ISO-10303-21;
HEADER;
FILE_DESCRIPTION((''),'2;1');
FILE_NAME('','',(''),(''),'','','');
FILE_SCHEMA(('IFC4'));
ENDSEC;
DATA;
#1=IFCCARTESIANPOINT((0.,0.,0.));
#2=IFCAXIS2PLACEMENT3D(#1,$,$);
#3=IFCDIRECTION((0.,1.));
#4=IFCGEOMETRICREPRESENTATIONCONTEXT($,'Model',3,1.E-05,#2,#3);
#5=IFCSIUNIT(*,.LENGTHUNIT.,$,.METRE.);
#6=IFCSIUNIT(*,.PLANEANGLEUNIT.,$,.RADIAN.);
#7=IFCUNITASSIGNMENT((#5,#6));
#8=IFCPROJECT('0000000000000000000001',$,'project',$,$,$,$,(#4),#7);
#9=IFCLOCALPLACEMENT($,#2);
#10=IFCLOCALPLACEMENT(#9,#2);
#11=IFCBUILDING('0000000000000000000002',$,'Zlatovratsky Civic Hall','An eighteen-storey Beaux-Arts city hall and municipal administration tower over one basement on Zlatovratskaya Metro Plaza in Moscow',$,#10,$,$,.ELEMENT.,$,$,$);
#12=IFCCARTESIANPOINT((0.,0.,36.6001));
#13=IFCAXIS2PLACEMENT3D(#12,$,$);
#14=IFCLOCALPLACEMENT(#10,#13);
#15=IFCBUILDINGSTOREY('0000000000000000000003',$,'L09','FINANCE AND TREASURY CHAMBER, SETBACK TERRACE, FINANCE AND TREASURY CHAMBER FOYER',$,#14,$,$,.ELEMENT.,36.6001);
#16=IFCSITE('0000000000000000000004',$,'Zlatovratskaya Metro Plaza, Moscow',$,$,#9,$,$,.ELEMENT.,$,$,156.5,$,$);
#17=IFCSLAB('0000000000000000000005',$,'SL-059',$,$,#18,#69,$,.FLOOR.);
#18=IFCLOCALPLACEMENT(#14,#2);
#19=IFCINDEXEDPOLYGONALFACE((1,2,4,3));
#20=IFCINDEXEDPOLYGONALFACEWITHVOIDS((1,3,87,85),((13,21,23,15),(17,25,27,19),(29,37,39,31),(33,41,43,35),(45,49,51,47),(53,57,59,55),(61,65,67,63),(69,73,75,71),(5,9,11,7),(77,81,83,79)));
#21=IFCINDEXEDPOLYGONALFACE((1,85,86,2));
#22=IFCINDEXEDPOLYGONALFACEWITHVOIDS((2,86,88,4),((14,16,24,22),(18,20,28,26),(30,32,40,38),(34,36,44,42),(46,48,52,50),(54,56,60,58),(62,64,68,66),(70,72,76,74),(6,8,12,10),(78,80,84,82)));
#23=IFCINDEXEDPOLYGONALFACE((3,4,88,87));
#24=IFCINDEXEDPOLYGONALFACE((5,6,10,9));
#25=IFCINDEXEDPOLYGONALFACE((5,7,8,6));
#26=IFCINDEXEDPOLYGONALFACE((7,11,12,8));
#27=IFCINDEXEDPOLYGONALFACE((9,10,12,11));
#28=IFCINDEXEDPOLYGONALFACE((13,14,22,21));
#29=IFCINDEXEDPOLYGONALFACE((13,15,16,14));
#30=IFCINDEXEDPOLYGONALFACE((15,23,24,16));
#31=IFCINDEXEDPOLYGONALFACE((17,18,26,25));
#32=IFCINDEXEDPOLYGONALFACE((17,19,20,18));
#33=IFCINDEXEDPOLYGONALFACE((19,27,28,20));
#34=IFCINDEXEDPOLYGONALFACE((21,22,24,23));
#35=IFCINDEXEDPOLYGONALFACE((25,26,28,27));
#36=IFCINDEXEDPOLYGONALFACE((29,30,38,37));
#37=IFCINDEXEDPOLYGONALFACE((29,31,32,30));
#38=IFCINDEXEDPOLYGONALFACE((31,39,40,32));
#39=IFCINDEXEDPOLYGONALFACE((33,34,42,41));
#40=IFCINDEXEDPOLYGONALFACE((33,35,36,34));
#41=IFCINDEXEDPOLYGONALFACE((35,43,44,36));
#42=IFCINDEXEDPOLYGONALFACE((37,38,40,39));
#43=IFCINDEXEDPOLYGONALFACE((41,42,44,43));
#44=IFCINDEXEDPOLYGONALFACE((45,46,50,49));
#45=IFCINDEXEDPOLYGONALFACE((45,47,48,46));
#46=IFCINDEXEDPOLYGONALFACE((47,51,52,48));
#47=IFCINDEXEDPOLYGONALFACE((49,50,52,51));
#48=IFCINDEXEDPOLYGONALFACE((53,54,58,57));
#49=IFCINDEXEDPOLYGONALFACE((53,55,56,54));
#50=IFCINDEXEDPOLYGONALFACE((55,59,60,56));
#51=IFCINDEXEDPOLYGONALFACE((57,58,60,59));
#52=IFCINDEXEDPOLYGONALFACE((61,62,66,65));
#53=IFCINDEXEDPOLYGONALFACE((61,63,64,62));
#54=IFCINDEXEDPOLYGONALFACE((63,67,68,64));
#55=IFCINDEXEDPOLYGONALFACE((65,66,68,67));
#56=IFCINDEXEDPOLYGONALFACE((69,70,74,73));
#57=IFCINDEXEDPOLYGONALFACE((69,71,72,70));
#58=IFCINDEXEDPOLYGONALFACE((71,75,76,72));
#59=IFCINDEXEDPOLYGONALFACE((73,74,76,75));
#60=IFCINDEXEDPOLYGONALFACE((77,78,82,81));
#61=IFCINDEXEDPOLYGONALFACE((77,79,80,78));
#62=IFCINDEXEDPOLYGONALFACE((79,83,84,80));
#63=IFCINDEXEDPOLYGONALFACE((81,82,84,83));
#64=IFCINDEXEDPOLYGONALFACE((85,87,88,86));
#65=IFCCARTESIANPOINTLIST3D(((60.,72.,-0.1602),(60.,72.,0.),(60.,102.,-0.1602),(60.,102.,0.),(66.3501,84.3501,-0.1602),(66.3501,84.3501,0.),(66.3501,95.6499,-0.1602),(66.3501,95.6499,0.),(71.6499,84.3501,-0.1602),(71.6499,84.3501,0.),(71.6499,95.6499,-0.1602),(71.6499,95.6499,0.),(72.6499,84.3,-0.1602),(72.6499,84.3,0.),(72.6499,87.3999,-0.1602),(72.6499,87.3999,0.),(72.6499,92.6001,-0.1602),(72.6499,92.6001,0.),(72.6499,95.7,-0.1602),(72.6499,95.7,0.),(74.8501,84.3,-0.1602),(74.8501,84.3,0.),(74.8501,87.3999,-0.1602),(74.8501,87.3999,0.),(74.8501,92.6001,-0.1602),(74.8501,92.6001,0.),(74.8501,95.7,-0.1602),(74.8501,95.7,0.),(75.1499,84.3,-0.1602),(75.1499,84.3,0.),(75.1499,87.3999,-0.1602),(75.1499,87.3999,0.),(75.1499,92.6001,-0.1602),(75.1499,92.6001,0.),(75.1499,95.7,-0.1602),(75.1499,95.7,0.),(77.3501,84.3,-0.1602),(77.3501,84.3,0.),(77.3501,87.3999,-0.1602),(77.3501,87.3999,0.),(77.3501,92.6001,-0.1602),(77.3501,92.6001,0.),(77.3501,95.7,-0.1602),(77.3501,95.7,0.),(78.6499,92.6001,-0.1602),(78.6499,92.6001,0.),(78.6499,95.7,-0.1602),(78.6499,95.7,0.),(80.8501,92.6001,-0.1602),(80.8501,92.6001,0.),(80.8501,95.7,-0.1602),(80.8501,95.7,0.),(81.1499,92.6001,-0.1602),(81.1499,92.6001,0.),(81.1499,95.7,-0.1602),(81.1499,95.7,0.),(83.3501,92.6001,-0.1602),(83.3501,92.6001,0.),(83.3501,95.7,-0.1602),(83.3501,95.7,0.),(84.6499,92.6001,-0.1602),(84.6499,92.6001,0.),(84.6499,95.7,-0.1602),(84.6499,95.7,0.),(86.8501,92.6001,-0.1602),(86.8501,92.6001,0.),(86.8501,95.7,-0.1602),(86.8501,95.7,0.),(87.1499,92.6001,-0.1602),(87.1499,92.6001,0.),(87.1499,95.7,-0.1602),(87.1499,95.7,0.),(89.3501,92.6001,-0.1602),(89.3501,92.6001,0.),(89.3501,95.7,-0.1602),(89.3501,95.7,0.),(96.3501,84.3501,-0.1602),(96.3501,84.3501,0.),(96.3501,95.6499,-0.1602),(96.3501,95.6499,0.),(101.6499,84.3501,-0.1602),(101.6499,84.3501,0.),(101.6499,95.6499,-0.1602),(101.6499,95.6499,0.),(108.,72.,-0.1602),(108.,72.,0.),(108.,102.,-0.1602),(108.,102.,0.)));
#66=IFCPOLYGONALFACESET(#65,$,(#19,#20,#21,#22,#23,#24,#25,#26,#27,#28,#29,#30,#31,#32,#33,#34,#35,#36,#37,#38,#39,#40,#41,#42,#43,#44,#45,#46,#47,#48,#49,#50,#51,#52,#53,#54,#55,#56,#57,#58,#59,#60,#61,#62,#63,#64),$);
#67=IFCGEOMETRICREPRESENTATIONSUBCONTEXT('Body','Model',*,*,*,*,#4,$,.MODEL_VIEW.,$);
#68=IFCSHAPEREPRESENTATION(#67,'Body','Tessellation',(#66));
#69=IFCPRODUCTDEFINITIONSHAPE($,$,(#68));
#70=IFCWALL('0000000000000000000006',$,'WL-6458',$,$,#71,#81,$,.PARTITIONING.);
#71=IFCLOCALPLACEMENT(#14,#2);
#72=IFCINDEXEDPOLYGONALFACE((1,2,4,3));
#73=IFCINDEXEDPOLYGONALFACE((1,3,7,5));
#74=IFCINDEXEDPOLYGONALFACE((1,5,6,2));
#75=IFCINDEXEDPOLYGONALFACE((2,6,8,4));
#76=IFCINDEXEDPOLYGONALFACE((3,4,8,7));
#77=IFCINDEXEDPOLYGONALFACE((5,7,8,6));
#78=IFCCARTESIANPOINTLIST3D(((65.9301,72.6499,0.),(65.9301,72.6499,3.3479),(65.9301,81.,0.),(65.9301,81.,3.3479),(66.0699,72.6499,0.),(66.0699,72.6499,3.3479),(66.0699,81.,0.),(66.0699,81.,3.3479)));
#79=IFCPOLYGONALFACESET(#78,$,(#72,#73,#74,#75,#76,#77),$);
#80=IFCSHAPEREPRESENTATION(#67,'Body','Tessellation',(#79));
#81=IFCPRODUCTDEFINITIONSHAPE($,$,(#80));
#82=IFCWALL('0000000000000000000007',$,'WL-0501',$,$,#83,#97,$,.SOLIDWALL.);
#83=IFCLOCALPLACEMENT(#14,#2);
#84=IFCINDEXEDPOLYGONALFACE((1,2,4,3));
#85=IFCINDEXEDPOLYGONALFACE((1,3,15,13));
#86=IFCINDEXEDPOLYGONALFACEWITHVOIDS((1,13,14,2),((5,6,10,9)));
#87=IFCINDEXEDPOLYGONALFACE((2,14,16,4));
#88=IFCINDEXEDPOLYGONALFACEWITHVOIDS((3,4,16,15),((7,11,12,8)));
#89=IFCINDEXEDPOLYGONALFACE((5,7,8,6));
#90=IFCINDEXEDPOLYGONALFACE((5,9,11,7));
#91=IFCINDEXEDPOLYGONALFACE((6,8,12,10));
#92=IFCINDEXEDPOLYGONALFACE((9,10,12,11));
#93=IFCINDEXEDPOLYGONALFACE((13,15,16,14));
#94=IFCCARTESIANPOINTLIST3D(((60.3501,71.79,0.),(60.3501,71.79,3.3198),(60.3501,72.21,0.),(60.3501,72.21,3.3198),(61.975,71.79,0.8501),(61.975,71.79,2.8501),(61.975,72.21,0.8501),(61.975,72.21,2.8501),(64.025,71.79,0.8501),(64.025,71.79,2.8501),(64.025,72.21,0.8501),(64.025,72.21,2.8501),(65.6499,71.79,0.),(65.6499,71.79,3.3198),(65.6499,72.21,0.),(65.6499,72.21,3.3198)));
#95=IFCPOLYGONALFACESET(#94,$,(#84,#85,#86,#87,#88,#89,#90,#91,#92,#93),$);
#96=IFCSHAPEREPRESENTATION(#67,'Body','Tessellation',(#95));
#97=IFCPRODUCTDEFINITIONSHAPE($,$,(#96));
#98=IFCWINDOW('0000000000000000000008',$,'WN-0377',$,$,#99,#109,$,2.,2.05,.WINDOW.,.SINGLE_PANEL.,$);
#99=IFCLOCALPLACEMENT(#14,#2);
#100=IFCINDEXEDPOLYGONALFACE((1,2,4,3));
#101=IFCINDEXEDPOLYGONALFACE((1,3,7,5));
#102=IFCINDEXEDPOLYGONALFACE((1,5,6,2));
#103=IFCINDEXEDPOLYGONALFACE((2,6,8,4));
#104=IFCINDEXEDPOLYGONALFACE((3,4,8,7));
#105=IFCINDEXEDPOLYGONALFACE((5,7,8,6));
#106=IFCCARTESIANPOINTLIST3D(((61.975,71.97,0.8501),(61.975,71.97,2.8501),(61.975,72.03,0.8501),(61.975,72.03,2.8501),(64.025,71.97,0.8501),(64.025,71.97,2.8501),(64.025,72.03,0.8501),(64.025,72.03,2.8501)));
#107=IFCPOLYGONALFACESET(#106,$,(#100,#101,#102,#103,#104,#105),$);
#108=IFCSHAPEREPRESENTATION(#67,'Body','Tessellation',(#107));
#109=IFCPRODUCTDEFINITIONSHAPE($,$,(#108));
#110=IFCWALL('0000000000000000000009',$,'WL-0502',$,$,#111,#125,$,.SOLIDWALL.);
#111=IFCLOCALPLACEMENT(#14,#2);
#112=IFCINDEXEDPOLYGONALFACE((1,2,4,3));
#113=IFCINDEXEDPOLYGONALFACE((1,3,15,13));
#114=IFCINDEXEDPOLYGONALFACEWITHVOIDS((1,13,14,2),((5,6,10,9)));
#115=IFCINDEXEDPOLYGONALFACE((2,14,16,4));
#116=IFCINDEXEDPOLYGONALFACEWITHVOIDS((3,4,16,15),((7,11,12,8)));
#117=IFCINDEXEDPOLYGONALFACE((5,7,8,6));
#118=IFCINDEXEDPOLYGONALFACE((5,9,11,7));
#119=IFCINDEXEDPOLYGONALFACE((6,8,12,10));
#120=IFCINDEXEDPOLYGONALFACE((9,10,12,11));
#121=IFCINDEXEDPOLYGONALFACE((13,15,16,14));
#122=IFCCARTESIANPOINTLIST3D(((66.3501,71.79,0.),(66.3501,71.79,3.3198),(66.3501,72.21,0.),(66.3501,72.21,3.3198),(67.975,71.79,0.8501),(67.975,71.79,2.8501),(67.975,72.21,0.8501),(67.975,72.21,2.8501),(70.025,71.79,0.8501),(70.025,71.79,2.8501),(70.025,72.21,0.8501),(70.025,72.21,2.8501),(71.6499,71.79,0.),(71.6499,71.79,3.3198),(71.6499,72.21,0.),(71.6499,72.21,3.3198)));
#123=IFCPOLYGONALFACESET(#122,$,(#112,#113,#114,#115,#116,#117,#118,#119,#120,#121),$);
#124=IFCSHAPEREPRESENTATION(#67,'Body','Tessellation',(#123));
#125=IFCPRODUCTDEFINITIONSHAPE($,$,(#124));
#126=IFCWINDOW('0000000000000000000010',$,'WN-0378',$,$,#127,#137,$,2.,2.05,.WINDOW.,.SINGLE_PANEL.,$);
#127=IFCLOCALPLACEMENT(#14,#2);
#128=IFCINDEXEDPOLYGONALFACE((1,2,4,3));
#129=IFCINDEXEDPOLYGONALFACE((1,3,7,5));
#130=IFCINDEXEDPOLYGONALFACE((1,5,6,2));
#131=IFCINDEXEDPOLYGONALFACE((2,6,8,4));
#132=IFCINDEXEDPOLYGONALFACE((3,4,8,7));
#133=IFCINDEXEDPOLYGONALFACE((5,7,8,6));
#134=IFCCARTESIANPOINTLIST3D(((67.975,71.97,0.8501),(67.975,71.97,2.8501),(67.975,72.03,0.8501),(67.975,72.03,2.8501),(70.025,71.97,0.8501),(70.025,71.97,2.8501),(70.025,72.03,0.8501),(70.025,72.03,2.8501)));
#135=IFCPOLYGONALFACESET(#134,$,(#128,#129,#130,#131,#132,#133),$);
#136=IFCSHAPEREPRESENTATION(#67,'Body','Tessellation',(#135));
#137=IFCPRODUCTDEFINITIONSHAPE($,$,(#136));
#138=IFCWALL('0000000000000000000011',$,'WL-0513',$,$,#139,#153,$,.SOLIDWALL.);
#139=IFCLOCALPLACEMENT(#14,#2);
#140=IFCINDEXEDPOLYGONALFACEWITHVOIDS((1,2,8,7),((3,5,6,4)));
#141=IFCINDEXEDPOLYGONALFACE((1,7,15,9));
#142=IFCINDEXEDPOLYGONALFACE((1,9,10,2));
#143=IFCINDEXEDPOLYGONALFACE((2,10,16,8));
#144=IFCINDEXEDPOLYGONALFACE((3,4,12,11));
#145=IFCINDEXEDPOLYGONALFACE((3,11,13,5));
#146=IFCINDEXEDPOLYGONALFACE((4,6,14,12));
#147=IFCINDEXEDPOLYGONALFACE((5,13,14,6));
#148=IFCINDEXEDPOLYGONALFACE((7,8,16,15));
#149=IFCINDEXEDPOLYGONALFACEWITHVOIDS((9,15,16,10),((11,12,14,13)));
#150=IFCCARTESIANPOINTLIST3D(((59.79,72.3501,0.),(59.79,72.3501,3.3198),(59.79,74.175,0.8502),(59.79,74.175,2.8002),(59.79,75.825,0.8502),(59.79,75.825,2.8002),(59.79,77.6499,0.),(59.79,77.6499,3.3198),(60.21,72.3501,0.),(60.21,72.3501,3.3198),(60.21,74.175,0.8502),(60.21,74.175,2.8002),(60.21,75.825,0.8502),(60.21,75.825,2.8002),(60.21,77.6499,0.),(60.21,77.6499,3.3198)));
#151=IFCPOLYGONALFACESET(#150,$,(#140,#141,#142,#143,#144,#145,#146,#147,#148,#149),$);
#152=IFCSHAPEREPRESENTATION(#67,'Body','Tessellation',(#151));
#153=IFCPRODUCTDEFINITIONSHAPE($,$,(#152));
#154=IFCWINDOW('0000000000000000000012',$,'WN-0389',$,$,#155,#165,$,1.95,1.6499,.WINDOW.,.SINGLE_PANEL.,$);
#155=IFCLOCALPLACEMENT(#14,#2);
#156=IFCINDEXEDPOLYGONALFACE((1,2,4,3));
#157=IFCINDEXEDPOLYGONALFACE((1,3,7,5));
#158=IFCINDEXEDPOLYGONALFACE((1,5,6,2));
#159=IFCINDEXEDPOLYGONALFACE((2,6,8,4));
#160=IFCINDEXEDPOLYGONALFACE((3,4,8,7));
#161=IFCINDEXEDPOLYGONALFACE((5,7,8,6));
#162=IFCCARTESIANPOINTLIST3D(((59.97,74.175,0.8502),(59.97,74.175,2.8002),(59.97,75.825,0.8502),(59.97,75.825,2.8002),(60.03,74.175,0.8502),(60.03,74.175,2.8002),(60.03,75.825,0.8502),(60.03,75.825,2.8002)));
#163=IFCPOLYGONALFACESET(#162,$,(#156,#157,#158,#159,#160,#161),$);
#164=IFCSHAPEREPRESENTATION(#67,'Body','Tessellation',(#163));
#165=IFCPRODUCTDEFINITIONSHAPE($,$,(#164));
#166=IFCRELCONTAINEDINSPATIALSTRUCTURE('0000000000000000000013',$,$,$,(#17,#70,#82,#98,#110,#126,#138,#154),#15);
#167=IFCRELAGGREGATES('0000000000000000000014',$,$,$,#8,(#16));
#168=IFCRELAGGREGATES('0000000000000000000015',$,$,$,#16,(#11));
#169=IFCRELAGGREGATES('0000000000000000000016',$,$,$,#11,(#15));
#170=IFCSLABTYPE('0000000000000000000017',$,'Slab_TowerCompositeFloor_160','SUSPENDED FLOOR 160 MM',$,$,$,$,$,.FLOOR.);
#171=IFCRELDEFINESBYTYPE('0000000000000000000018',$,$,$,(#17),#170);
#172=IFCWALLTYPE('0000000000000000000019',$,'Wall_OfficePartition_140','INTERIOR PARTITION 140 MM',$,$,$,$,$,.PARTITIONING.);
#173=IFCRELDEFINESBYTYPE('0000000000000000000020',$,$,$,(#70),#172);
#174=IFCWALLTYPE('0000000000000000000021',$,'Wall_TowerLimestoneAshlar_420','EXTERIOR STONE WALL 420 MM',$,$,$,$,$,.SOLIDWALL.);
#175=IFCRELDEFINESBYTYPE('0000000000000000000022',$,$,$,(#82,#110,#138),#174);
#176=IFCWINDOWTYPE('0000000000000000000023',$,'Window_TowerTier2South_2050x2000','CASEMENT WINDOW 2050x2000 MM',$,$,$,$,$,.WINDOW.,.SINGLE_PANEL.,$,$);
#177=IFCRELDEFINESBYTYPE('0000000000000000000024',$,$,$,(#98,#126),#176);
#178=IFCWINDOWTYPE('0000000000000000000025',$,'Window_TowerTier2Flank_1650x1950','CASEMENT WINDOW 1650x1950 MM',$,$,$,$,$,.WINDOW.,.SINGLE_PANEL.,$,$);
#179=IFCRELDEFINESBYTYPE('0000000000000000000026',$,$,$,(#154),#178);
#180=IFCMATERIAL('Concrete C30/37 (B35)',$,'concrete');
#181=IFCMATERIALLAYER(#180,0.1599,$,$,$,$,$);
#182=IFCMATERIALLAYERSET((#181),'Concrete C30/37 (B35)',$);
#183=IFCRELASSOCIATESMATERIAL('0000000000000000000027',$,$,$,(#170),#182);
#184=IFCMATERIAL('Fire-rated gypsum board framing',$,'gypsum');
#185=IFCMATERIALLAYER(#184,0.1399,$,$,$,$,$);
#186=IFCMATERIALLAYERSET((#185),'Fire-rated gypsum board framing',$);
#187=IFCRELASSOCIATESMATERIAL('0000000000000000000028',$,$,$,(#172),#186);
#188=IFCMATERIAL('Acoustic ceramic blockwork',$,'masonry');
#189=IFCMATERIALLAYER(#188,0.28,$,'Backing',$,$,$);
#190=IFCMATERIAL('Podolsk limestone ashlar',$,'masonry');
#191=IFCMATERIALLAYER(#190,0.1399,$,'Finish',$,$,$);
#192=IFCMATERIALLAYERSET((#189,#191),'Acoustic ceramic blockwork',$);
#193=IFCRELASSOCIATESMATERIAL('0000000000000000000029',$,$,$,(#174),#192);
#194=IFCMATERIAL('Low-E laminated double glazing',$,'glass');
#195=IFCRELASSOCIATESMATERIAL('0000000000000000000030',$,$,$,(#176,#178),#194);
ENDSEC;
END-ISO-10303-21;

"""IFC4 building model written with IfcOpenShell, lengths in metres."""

from ifc_helpers import new_model, si_unit, direction, frame, frame_2d, origin, place, context, subcontext, project, spatial, polyline, rectangle, outline, extrude, material, layer, layer_set, type_object, element, fill, save


model = new_model("IFC4")

# Units and contexts
model_context = context("Model", 3, precision=1e-05, world=origin(), true_north=direction((0.0, 1.0)))
body_context = subcontext(model_context, "Body", "Model", "MODEL_VIEW")
ifc_project = project(units=[si_unit("LENGTHUNIT", "METRE"), si_unit("PLANEANGLEUNIT", "RADIAN")], contexts=[model_context])

# Site, building, storey
site_placement = place(None, origin())
site = spatial("IfcSite", under=ifc_project, at=site_placement, Name="Zlatovratskaya Metro Plaza, Moscow", CompositionType="ELEMENT", RefElevation=156.5)
building_placement = place(site_placement, origin())
building = spatial("IfcBuilding", under=site, at=building_placement, Name="Zlatovratsky Civic Hall", Description="An eighteen-storey Beaux-Arts city hall and municipal administration tower over one basement on Zlatovratskaya Metro Plaza in Moscow", CompositionType="ELEMENT")
storey_placement = place(building_placement, frame((0.0, 0.0, 36.6001)))
storey = spatial("IfcBuildingStorey", under=building, at=storey_placement, Name="L09", Description="FINANCE AND TREASURY CHAMBER, SETBACK TERRACE, FINANCE AND TREASURY CHAMBER FOYER", CompositionType="ELEMENT", Elevation=36.6001)

# Shared definitions
ifc_material_1 = material(Name="Concrete C30/37 (B35)", Category="concrete")

# Slab
ifc_layer_1 = layer(ifc_material_1, 0.1599)
ifc_layer_set_1 = layer_set([ifc_layer_1], Name="Concrete C30/37 (B35)")
slab_type_1 = type_object("IfcSlabType", Name="Slab_TowerCompositeFloor_160", Description="SUSPENDED FLOOR 160 MM", PredefinedType="FLOOR", material=ifc_layer_set_1)
slab_1_placement = place(storey_placement, frame((0.0, 0.0, -0.1602)))
element("IfcSlab", 1, at=slab_1_placement, inside=storey, type_object=slab_type_1, Name="SL-059", PredefinedType="FLOOR", context=body_context, shape_type="SweptSolid", body=[
    extrude(outline(polyline([(60.0, 72.0), (108.0, 72.0), (108.0, 102.0), (60.0, 102.0), (60.0, 72.0)]), holes=[polyline([(66.3501, 84.3501), (71.6499, 84.3501), (71.6499, 95.6499), (66.3501, 95.6499), (66.3501, 84.3501)]), polyline([(96.3501, 84.3501), (101.6499, 84.3501), (101.6499, 95.6499), (96.3501, 95.6499), (96.3501, 84.3501)]), polyline([(72.6499, 84.3), (74.8501, 84.3), (74.8501, 87.3999), (72.6499, 87.3999), (72.6499, 84.3)]), polyline([(75.1499, 84.3), (77.3501, 84.3), (77.3501, 87.3999), (75.1499, 87.3999), (75.1499, 84.3)]), polyline([(72.6499, 92.6001), (74.8501, 92.6001), (74.8501, 95.7), (72.6499, 95.7), (72.6499, 92.6001)]), polyline([(75.1499, 92.6001), (77.3501, 92.6001), (77.3501, 95.7), (75.1499, 95.7), (75.1499, 92.6001)]), polyline([(78.6499, 92.6001), (80.8501, 92.6001), (80.8501, 95.7), (78.6499, 95.7), (78.6499, 92.6001)]), polyline([(81.1499, 92.6001), (83.3501, 92.6001), (83.3501, 95.7), (81.1499, 95.7), (81.1499, 92.6001)]), polyline([(84.6499, 92.6001), (86.8501, 92.6001), (86.8501, 95.7), (84.6499, 95.7), (84.6499, 92.6001)]), polyline([(87.1499, 92.6001), (89.3501, 92.6001), (89.3501, 95.7), (87.1499, 95.7), (87.1499, 92.6001)])]), origin(), (0.0, 0.0, 1.0), 0.1602),
])

# Wall
ifc_material_2 = material(Name="Fire-rated gypsum board framing", Category="gypsum")
ifc_layer_2 = layer(ifc_material_2, 0.1399)
ifc_layer_set_2 = layer_set([ifc_layer_2], Name="Fire-rated gypsum board framing")
wall_type_1 = type_object("IfcWallType", Name="Wall_OfficePartition_140", Description="INTERIOR PARTITION 140 MM", PredefinedType="PARTITIONING", material=ifc_layer_set_2)
wall_1_placement = place(storey_placement, frame((66.0, 72.6499, 0.0), z_axis=(0.0, 0.0, 1.0), x_axis=(0.0, 1.0, 0.0)))
element("IfcWall", 2, at=wall_1_placement, inside=storey, type_object=wall_type_1, Name="WL-6458", PredefinedType="PARTITIONING", context=body_context, shape_type="SweptSolid", body=[
    extrude(rectangle(XDim=8.3501, YDim=0.1399, at=frame_2d((4.175, 0.0))), origin(), (0.0, 0.0, 1.0), 3.3479),
])

# Walls, openings, windows
ifc_material_3 = material(Name="Acoustic ceramic blockwork", Category="masonry")
ifc_layer_3 = layer(ifc_material_3, 0.28, Name="Backing")
ifc_material_4 = material(Name="Podolsk limestone ashlar", Category="masonry")
ifc_layer_4 = layer(ifc_material_4, 0.1399, Name="Finish")
ifc_layer_set_3 = layer_set([ifc_layer_3, ifc_layer_4], Name="Acoustic ceramic blockwork")
wall_type_2 = type_object("IfcWallType", Name="Wall_TowerLimestoneAshlar_420", Description="EXTERIOR STONE WALL 420 MM", PredefinedType="SOLIDWALL", material=ifc_layer_set_3)
wall_2_placement = place(storey_placement, frame((60.3501, 72.0, 0.0), z_axis=(0.0, 0.0, 1.0), x_axis=(1.0, 0.0, 0.0)))
wall_2 = element("IfcWall", 3, at=wall_2_placement, inside=storey, type_object=wall_type_2, Name="WL-0501", PredefinedType="SOLIDWALL", context=body_context, shape_type="SweptSolid", body=[
    extrude(rectangle(XDim=5.2998, YDim=0.4199, at=frame_2d((2.6499, 0.0))), origin(), (0.0, 0.0, 1.0), 3.3198),
])
opening_1_placement = place(wall_2_placement, frame((1.625, 0.0, 0.8501)))
opening_1 = element("IfcOpeningElement", 4, at=opening_1_placement, cuts=wall_2, PredefinedType="OPENING", context=body_context, shape_type="SweptSolid", body=[
    extrude(rectangle(XDim=2.05, YDim=2.0, at=frame_2d((1.0249, 1.0))), frame((0.0, 0.2249, 0.0), z_axis=(0.0, -1.0, 0.0), x_axis=(1.0, 0.0, 0.0)), (0.0, 0.0, 1.0), 0.4497),
])
ifc_material_5 = material(Name="Low-E laminated double glazing", Category="glass")
window_type_1 = type_object("IfcWindowType", Name="Window_TowerTier2South_2050x2000", Description="CASEMENT WINDOW 2050x2000 MM", PartitioningType="SINGLE_PANEL", PredefinedType="WINDOW", material=ifc_material_5)
window_1_placement = place(opening_1_placement, origin())
window_1 = element("IfcWindow", 5, at=window_1_placement, inside=storey, type_object=window_type_1, Name="WN-0377", OverallHeight=2.0, OverallWidth=2.05, PartitioningType="SINGLE_PANEL", PredefinedType="WINDOW", context=body_context, shape_type="SweptSolid", body=[
    extrude(rectangle(XDim=2.05, YDim=2.0, at=frame_2d((1.0249, 1.0))), frame((0.0, 0.03, 0.0), z_axis=(0.0, -1.0, 0.0), x_axis=(1.0, 0.0, 0.0)), (0.0, 0.0, 1.0), 0.0601),
])
fill(opening_1, window_1)
wall_3_placement = place(storey_placement, frame((66.3501, 72.0, 0.0), z_axis=(0.0, 0.0, 1.0), x_axis=(1.0, 0.0, 0.0)))
wall_3 = element("IfcWall", 6, at=wall_3_placement, inside=storey, type_object=wall_type_2, Name="WL-0502", PredefinedType="SOLIDWALL", context=body_context, shape_type="SweptSolid", body=[
    extrude(rectangle(XDim=5.2998, YDim=0.4199, at=frame_2d((2.6499, 0.0))), origin(), (0.0, 0.0, 1.0), 3.3198),
])
opening_2_placement = place(wall_3_placement, frame((1.625, 0.0, 0.8501)))
opening_2 = element("IfcOpeningElement", 7, at=opening_2_placement, cuts=wall_3, PredefinedType="OPENING", context=body_context, shape_type="SweptSolid", body=[
    extrude(rectangle(XDim=2.05, YDim=2.0, at=frame_2d((1.0249, 1.0))), frame((0.0, 0.2249, 0.0), z_axis=(0.0, -1.0, 0.0), x_axis=(1.0, 0.0, 0.0)), (0.0, 0.0, 1.0), 0.4497),
])
window_2_placement = place(opening_2_placement, origin())
window_2 = element("IfcWindow", 8, at=window_2_placement, inside=storey, type_object=window_type_1, Name="WN-0378", OverallHeight=2.0, OverallWidth=2.05, PartitioningType="SINGLE_PANEL", PredefinedType="WINDOW", context=body_context, shape_type="SweptSolid", body=[
    extrude(rectangle(XDim=2.05, YDim=2.0, at=frame_2d((1.0249, 1.0))), frame((0.0, 0.03, 0.0), z_axis=(0.0, -1.0, 0.0), x_axis=(1.0, 0.0, 0.0)), (0.0, 0.0, 1.0), 0.0601),
])
fill(opening_2, window_2)
wall_4_placement = place(storey_placement, frame((60.0, 72.3501, 0.0), z_axis=(0.0, 0.0, 1.0), x_axis=(0.0, 1.0, 0.0)))
wall_4 = element("IfcWall", 9, at=wall_4_placement, inside=storey, type_object=wall_type_2, Name="WL-0513", PredefinedType="SOLIDWALL", context=body_context, shape_type="SweptSolid", body=[
    extrude(rectangle(XDim=5.2998, YDim=0.4199, at=frame_2d((2.6499, 0.0))), origin(), (0.0, 0.0, 1.0), 3.3198),
])
opening_3_placement = place(wall_4_placement, frame((1.825, 0.0, 0.8501)))
opening_3 = element("IfcOpeningElement", 10, at=opening_3_placement, cuts=wall_4, PredefinedType="OPENING", context=body_context, shape_type="SweptSolid", body=[
    extrude(rectangle(XDim=1.6499, YDim=1.95, at=frame_2d((0.825, 0.9751))), frame((0.0, 0.2249, 0.0), z_axis=(0.0, -1.0, 0.0), x_axis=(1.0, 0.0, 0.0)), (0.0, 0.0, 1.0), 0.4497),
])
window_type_2 = type_object("IfcWindowType", Name="Window_TowerTier2Flank_1650x1950", Description="CASEMENT WINDOW 1650x1950 MM", PartitioningType="SINGLE_PANEL", PredefinedType="WINDOW", material=ifc_material_5)
window_3_placement = place(opening_3_placement, origin())
window_3 = element("IfcWindow", 11, at=window_3_placement, inside=storey, type_object=window_type_2, Name="WN-0389", OverallHeight=1.95, OverallWidth=1.6499, PartitioningType="SINGLE_PANEL", PredefinedType="WINDOW", context=body_context, shape_type="SweptSolid", body=[
    extrude(rectangle(XDim=1.6499, YDim=1.95, at=frame_2d((0.825, 0.9751))), frame((0.0, 0.03, 0.0), z_axis=(0.0, -1.0, 0.0), x_axis=(1.0, 0.0, 0.0)), (0.0, 0.0, 1.0), 0.0601),
])
fill(opening_3, window_3)

save(model, "model.ifc")
